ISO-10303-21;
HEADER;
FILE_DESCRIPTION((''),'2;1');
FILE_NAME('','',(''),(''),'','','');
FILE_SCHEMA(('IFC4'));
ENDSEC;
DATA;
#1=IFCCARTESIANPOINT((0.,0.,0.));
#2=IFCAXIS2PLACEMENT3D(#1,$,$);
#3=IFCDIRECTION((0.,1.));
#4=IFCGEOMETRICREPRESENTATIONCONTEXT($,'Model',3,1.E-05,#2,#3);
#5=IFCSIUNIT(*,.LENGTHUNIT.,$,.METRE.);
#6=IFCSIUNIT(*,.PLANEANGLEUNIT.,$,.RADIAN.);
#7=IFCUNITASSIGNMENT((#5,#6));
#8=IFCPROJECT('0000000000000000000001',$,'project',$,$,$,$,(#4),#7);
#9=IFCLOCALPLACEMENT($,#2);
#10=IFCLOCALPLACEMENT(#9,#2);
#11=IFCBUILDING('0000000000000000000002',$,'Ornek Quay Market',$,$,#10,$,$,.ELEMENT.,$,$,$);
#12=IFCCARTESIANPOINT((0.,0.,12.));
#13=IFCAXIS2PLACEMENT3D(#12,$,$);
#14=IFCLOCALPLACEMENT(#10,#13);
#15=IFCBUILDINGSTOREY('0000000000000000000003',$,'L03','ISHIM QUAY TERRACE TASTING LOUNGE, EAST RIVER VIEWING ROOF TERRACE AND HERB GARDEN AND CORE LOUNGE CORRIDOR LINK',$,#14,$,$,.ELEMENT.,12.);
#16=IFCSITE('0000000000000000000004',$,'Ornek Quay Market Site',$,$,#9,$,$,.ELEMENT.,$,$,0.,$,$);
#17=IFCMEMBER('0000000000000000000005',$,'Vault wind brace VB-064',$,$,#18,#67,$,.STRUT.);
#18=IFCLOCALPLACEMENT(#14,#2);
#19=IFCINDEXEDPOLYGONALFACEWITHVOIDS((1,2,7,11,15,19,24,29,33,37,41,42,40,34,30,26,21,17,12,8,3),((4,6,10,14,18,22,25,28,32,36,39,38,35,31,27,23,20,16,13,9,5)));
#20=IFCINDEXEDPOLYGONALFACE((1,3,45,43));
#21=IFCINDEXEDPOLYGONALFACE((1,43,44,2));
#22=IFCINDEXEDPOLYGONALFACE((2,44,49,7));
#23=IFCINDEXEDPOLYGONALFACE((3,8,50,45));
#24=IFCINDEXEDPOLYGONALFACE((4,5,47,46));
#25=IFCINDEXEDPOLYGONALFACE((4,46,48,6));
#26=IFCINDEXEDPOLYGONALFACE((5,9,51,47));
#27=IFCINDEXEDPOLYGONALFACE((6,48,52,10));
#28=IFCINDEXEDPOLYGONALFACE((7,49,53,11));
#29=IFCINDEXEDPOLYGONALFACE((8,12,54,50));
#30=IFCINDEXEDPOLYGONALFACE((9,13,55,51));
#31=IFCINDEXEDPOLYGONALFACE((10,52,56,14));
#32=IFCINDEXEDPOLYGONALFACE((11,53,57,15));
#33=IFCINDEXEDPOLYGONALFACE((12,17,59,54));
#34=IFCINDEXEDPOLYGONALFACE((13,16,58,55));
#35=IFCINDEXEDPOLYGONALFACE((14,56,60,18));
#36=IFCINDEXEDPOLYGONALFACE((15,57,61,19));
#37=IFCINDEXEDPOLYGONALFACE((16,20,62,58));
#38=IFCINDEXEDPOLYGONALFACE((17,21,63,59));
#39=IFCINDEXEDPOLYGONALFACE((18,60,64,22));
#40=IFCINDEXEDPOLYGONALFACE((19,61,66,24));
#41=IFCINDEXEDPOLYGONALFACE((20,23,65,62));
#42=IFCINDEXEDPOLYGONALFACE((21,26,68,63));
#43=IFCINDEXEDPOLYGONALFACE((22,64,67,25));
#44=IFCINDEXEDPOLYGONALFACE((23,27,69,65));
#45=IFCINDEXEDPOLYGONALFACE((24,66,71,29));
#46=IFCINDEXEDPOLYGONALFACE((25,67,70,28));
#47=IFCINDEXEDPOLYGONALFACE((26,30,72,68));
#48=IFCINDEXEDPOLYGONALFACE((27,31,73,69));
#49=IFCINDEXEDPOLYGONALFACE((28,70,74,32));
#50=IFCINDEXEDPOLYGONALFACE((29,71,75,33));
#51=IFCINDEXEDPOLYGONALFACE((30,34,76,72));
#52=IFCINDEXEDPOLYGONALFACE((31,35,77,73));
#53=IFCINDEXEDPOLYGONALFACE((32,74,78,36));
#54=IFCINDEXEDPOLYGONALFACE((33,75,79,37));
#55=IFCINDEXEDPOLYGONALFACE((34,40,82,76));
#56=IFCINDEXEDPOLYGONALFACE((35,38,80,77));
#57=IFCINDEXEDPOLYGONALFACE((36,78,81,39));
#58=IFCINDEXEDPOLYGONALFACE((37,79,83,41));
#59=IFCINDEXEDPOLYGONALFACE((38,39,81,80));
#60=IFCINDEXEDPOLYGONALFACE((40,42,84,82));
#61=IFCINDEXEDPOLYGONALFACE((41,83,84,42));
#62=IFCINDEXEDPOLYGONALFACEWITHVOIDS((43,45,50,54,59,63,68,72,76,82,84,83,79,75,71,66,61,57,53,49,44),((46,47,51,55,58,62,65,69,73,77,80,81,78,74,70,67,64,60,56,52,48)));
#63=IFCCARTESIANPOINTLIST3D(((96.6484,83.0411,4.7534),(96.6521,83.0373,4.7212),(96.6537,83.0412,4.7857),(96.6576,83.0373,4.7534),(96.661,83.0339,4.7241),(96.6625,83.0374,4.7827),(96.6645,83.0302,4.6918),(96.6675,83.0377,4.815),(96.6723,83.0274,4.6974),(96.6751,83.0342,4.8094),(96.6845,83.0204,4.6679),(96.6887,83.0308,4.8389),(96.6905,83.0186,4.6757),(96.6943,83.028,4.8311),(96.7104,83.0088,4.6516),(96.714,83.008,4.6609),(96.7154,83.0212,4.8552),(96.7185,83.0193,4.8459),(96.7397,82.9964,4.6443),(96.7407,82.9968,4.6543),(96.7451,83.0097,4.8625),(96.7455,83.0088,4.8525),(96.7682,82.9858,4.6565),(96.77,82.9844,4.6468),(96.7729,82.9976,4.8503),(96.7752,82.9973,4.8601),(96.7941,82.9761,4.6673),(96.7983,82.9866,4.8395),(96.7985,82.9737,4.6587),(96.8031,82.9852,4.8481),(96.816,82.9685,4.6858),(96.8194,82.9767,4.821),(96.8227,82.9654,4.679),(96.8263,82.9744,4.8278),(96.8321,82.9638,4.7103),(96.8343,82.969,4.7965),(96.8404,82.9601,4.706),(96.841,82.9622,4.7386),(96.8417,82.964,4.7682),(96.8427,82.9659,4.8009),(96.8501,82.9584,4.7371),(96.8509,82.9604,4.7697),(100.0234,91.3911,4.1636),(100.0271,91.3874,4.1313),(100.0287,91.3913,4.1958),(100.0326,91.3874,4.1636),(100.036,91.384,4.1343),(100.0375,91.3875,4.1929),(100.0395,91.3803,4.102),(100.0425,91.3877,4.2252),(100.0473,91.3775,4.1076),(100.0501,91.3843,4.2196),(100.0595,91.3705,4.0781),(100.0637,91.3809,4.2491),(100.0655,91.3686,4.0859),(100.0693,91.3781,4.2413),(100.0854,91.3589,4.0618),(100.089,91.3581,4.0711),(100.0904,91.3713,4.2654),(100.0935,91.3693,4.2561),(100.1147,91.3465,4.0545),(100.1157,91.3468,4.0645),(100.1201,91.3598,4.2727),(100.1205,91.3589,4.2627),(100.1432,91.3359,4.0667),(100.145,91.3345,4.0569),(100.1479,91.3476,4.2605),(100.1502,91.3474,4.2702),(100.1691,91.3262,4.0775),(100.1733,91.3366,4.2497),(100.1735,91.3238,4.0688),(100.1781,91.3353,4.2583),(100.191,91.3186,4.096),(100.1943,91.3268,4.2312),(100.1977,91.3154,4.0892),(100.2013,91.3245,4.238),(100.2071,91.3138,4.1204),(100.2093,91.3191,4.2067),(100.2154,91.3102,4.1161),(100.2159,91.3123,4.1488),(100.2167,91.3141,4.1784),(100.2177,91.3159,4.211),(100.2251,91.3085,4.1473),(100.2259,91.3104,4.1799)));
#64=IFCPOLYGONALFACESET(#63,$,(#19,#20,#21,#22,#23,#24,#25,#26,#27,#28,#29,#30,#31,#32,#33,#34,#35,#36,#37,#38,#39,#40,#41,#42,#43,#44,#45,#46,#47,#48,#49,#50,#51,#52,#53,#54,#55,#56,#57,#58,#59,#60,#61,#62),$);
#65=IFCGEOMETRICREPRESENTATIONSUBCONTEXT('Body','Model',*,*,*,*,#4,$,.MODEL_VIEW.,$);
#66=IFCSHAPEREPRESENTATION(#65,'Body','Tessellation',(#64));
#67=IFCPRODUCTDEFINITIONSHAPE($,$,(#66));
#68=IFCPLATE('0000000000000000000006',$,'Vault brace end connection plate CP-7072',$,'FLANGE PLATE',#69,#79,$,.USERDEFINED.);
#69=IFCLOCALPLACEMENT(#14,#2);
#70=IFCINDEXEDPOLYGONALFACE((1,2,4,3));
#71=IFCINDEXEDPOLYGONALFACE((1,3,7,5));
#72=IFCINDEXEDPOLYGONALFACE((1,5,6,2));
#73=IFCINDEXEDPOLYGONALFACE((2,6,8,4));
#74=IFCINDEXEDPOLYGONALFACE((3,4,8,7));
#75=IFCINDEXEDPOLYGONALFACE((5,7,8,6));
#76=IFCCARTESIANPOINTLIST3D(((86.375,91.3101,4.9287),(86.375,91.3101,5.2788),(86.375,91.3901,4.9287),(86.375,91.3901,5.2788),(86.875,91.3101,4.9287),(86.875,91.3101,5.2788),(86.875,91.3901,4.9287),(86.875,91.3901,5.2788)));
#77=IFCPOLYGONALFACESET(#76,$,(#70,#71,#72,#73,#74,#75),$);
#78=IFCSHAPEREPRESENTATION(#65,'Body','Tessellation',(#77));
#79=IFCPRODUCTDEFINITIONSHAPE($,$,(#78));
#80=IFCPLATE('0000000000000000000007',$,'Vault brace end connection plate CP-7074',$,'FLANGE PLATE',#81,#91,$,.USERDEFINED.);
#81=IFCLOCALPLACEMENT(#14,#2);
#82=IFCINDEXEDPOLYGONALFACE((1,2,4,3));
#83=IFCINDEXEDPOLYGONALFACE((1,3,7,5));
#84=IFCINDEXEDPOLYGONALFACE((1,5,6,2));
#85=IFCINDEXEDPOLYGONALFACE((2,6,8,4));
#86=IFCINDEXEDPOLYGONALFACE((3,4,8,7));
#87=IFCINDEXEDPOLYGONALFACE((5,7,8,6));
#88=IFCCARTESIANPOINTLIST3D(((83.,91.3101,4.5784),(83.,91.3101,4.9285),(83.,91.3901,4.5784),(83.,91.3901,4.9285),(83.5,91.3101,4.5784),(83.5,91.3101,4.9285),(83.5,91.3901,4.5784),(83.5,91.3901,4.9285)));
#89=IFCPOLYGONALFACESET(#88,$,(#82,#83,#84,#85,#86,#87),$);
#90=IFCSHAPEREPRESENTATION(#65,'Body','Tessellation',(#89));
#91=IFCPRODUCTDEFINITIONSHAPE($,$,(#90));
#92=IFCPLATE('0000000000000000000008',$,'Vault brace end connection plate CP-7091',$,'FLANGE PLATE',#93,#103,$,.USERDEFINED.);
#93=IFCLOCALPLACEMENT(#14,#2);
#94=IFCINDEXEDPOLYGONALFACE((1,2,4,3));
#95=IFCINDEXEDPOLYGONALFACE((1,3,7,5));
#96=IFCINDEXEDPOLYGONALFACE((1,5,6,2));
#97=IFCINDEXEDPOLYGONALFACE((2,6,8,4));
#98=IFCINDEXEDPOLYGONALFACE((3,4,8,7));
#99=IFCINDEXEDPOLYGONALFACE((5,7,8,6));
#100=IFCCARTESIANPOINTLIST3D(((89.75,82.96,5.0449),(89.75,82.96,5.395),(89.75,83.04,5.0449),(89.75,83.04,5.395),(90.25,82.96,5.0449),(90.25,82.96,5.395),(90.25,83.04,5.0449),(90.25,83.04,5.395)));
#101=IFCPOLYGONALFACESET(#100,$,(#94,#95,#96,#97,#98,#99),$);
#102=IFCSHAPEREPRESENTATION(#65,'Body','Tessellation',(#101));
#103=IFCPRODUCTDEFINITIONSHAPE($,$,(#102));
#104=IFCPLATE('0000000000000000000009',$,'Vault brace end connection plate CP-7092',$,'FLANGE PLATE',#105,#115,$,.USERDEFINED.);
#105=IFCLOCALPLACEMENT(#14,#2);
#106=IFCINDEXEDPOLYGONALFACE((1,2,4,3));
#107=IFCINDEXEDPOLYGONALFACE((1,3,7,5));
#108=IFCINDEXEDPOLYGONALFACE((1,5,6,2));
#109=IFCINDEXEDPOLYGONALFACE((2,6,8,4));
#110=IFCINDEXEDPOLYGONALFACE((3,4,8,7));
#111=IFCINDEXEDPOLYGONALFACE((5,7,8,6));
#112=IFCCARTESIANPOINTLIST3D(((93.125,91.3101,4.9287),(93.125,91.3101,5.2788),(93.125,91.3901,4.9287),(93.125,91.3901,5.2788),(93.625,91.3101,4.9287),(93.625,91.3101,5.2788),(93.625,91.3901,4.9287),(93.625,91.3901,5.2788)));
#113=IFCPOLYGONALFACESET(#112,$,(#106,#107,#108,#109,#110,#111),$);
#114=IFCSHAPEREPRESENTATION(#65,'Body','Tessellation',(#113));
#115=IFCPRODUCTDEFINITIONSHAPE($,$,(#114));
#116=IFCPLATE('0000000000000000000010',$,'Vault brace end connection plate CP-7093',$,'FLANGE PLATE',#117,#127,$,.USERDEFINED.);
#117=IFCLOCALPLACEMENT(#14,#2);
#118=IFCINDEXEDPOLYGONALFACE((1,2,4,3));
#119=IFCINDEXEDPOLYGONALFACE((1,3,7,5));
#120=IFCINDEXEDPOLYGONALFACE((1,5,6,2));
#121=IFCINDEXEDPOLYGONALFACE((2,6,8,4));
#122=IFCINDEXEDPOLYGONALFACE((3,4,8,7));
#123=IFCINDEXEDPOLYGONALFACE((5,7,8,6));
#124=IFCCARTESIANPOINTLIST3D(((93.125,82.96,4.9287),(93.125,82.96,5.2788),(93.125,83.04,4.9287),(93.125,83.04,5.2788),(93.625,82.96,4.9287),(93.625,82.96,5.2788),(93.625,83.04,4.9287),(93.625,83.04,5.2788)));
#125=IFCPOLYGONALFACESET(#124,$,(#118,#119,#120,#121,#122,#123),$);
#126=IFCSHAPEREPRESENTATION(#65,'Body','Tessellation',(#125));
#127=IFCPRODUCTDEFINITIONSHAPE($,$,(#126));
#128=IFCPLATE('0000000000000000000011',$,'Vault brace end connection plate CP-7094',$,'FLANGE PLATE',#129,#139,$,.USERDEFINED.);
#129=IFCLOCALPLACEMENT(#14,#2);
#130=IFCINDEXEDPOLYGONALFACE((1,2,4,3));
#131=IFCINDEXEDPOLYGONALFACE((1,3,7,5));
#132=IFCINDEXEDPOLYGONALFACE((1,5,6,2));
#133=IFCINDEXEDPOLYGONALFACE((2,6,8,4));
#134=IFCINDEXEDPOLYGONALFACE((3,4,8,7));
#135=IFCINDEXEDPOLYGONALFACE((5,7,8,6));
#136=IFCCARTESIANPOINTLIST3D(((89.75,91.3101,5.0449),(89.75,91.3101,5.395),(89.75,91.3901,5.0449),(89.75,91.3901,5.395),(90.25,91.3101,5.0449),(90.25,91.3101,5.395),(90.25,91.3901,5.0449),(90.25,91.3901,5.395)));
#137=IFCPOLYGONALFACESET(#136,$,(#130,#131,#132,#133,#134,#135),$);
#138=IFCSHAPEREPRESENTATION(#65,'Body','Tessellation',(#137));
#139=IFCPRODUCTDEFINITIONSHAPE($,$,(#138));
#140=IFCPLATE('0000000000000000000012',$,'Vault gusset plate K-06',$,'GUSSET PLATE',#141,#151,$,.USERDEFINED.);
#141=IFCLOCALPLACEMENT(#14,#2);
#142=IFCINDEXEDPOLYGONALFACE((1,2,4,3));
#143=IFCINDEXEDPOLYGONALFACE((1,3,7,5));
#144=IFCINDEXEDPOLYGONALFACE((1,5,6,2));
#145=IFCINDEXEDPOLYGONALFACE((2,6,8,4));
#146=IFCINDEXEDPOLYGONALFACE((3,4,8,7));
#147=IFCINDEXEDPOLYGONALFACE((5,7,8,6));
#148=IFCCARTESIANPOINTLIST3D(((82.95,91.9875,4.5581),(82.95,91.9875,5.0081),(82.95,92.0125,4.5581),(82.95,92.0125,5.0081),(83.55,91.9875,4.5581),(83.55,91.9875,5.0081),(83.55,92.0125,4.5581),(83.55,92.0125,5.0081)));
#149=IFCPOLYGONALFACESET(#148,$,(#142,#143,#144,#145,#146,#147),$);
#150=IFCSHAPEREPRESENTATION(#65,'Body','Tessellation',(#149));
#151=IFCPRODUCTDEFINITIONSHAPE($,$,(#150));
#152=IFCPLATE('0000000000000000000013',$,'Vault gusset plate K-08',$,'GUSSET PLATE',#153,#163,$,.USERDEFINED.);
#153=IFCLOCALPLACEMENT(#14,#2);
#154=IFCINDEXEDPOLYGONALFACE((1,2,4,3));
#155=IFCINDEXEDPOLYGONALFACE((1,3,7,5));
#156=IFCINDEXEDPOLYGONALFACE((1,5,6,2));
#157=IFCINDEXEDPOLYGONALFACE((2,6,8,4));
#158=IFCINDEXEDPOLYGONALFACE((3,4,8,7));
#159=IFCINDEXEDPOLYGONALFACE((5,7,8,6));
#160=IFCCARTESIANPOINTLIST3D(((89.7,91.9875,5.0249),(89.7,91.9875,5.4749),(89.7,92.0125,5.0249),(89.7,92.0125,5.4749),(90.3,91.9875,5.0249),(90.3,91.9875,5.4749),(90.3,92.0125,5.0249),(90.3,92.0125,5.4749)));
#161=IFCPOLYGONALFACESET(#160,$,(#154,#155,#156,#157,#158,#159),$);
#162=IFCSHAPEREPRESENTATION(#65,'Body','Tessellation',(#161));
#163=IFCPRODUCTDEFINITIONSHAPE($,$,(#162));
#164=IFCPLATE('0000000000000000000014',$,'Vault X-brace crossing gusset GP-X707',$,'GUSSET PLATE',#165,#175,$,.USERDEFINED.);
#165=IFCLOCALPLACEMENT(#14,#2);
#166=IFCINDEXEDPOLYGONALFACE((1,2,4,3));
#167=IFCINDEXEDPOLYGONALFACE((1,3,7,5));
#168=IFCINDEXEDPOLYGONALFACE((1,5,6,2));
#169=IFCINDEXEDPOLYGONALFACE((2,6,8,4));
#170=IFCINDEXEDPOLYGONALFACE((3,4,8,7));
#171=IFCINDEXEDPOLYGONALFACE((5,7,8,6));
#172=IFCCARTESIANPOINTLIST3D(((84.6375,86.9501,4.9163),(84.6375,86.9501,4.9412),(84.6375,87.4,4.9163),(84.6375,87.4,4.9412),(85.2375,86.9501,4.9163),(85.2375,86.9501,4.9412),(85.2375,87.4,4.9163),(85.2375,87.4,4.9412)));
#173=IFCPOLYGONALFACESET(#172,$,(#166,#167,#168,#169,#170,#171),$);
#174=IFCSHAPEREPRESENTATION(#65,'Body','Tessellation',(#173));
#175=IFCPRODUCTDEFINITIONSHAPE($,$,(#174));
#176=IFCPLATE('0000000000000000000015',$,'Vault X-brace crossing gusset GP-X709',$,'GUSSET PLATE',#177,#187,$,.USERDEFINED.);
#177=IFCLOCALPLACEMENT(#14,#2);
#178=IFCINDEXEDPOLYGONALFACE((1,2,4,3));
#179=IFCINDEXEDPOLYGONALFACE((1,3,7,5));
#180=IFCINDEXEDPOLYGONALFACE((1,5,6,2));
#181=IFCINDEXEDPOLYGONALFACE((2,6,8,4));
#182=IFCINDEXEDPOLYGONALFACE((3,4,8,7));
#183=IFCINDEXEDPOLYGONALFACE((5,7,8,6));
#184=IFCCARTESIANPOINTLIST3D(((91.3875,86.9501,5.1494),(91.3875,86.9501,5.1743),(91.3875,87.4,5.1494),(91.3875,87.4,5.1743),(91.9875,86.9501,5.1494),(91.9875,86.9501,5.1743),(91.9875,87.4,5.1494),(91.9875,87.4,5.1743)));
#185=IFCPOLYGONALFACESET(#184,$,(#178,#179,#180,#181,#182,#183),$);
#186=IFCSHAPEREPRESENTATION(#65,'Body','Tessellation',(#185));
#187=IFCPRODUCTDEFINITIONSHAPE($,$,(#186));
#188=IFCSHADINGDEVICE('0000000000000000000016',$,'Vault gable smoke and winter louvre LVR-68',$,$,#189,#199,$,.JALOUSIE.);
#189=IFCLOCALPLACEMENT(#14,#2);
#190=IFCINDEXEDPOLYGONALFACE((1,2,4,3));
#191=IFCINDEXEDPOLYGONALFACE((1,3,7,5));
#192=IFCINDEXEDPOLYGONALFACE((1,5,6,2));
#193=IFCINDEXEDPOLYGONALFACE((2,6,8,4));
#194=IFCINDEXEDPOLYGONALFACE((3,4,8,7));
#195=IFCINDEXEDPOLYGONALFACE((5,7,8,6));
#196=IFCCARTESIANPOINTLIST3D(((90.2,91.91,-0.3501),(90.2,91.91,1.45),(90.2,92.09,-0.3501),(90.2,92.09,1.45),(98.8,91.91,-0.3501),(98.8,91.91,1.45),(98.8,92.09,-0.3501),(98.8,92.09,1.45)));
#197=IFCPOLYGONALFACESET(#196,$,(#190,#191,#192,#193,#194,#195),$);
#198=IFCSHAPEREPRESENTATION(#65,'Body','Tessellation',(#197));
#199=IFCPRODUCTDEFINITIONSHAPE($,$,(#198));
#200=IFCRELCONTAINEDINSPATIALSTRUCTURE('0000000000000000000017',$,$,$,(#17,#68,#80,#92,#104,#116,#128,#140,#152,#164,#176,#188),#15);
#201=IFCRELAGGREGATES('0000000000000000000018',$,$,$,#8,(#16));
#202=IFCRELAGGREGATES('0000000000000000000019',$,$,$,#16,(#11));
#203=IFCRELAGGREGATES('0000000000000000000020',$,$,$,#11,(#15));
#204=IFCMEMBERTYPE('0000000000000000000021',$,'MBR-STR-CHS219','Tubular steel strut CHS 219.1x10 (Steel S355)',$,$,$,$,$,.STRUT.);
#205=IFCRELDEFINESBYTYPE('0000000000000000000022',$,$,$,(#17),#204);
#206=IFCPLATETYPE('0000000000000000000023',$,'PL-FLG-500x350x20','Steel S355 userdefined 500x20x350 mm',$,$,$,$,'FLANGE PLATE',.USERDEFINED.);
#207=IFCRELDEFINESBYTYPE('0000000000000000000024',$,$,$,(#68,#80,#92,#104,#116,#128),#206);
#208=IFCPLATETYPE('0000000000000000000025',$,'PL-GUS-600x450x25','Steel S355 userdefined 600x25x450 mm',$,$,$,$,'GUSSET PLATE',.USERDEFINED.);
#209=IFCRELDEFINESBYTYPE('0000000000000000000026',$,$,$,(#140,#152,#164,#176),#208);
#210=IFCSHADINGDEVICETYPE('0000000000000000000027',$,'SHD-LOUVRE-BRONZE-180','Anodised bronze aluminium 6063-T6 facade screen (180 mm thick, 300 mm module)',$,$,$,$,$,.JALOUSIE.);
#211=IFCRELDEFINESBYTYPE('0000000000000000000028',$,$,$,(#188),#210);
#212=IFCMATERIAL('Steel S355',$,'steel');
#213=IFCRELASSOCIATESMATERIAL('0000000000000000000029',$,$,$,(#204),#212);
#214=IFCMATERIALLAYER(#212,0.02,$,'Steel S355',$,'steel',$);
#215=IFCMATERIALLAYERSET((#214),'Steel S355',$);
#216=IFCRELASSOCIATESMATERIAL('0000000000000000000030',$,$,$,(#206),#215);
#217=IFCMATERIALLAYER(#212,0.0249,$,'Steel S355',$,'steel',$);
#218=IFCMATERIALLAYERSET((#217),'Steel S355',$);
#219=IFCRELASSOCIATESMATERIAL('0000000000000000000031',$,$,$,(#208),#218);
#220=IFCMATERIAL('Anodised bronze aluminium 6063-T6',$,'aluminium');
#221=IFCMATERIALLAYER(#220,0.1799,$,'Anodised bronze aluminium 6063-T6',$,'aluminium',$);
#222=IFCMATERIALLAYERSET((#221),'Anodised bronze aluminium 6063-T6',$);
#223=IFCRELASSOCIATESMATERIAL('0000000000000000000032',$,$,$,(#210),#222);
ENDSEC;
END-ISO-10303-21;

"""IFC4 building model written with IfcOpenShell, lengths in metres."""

from ifc_helpers import new_model, si_unit, direction, frame, frame_2d, origin, origin_2d, place, context, subcontext, project, spatial, rectangle, hollow_circle, extrude, material, layer, layer_set, material_profile, profile_set, type_object, element, save


model = new_model("IFC4")

# Units and contexts
model_context = context("Model", 3, precision=1e-05, world=origin(), true_north=direction((0.0, 1.0)))
body_context = subcontext(model_context, "Body", "Model", "MODEL_VIEW")
ifc_project = project(units=[si_unit("LENGTHUNIT", "METRE"), si_unit("PLANEANGLEUNIT", "RADIAN")], contexts=[model_context])

# Site, building, storey
site_placement = place(None, origin())
site = spatial("IfcSite", under=ifc_project, at=site_placement, Name="Ornek Quay Market Site", CompositionType="ELEMENT", RefElevation=0.0)
building_placement = place(site_placement, origin())
building = spatial("IfcBuilding", under=site, at=building_placement, Name="Ornek Quay Market", CompositionType="ELEMENT")
storey_placement = place(building_placement, frame((0.0, 0.0, 12.0)))
storey = spatial("IfcBuildingStorey", under=building, at=storey_placement, Name="L03", Description="ISHIM QUAY TERRACE TASTING LOUNGE, EAST RIVER VIEWING ROOF TERRACE AND HERB GARDEN AND CORE LOUNGE CORRIDOR LINK", CompositionType="ELEMENT", Elevation=12.0)

# Shared definitions
ifc_material_1 = material(Name="Steel S355", Category="steel")

# Member
ifc_material_profile_1 = material_profile(ifc_material_1, hollow_circle(Radius=0.1096, WallThickness=0.01, at=origin_2d()), Name="CHS 219.1x10", Category="steel")
ifc_profile_set_1 = profile_set([ifc_material_profile_1], Name="Steel S355")
member_type_1 = type_object("IfcMemberType", Name="MBR-STR-CHS219", Description="Tubular steel strut CHS 219.1x10 (Steel S355)", PredefinedType="STRUT", material=ifc_profile_set_1)
member_1_placement = place(storey_placement, frame((96.75, 83.0, 4.7534), z_axis=(0.373934, 0.92515, -0.065352), x_axis=(-0.927132, 0.374735, 0.0)))
element("IfcMember", 1, at=member_1_placement, inside=storey, type_object=member_type_1, Name="Vault wind brace VB-064", PredefinedType="STRUT", context=body_context, shape_type="SweptSolid", body=[
    extrude(hollow_circle(Radius=0.1096, WallThickness=0.01, at=origin_2d()), origin(), (0.0, 0.0, 1.0), 9.0256),
])

# Plates
ifc_layer_1 = layer(ifc_material_1, 0.02, Name="Steel S355", Category="steel")
ifc_layer_set_1 = layer_set([ifc_layer_1], Name="Steel S355")
plate_type_1 = type_object("IfcPlateType", Name="PL-FLG-500x350x20", Description="Steel S355 userdefined 500x20x350 mm", ElementType="FLANGE PLATE", PredefinedType="USERDEFINED", material=ifc_layer_set_1)
for number, where, z_axis, x_axis, name in (
    (2, (86.625, 91.3501, 4.9287), (0.0, 0.0, 1.0), (1.0, 0.0, 0.0), "Vault brace end connection plate CP-7072"),
    (3, (83.25, 91.3501, 4.5784), (0.0, 0.0, 1.0), (1.0, 0.0, 0.0), "Vault brace end connection plate CP-7074"),
    (4, (90.0, 83.0, 5.0449), (0.0, 0.0, 1.0), (1.0, 0.0, 0.0), "Vault brace end connection plate CP-7091"),
    (5, (93.375, 91.3501, 4.9287), (0.0, 0.0, 1.0), (1.0, 0.0, 0.0), "Vault brace end connection plate CP-7092"),
    (6, (93.375, 83.0, 4.9287), (0.0, 0.0, 1.0), (1.0, 0.0, 0.0), "Vault brace end connection plate CP-7093"),
    (7, (90.0, 91.3501, 5.0449), (0.0, 0.0, 1.0), (1.0, 0.0, 0.0), "Vault brace end connection plate CP-7094"),
):
    element("IfcPlate", number, at=place(storey_placement, frame(where, z_axis=z_axis, x_axis=x_axis)), inside=storey, type_object=plate_type_1, Name=name, ObjectType="FLANGE PLATE", PredefinedType="USERDEFINED", context=body_context, shape_type="SweptSolid", body=[
        extrude(rectangle(XDim=0.5, YDim=0.0801, at=origin_2d()), origin(), (0.0, 0.0, 1.0), 0.3501),
    ])
ifc_layer_2 = layer(ifc_material_1, 0.0249, Name="Steel S355", Category="steel")
ifc_layer_set_2 = layer_set([ifc_layer_2], Name="Steel S355")
plate_type_2 = type_object("IfcPlateType", Name="PL-GUS-600x450x25", Description="Steel S355 userdefined 600x25x450 mm", ElementType="GUSSET PLATE", PredefinedType="USERDEFINED", material=ifc_layer_set_2)
for number, where, z_axis, x_axis, name in (
    (8, (83.25, 92.0, 4.5581), (0.0, 0.0, 1.0), (1.0, 0.0, 0.0), "Vault gusset plate K-06"),
    (9, (90.0, 92.0, 5.0249), (0.0, 0.0, 1.0), (1.0, 0.0, 0.0), "Vault gusset plate K-08"),
):
    element("IfcPlate", number, at=place(storey_placement, frame(where, z_axis=z_axis, x_axis=x_axis)), inside=storey, type_object=plate_type_2, Name=name, ObjectType="GUSSET PLATE", PredefinedType="USERDEFINED", context=body_context, shape_type="SweptSolid", body=[
        extrude(rectangle(XDim=0.6001, YDim=0.0249, at=origin_2d()), origin(), (0.0, 0.0, 1.0), 0.45),
    ])
for number, where, z_axis, x_axis, name in (
    (10, (84.9375, 87.175, 4.9163), (0.0, 0.0, 1.0), (1.0, 0.0, 0.0), "Vault X-brace crossing gusset GP-X707"),
    (11, (91.6875, 87.175, 5.1494), (0.0, 0.0, 1.0), (1.0, 0.0, 0.0), "Vault X-brace crossing gusset GP-X709"),
):
    element("IfcPlate", number, at=place(storey_placement, frame(where, z_axis=z_axis, x_axis=x_axis)), inside=storey, type_object=plate_type_2, Name=name, ObjectType="GUSSET PLATE", PredefinedType="USERDEFINED", context=body_context, shape_type="SweptSolid", body=[
        extrude(rectangle(XDim=0.6001, YDim=0.45, at=origin_2d()), origin(), (0.0, 0.0, 1.0), 0.0249),
    ])

# Shading device
ifc_material_2 = material(Name="Anodised bronze aluminium 6063-T6", Category="aluminium")
ifc_layer_3 = layer(ifc_material_2, 0.1799, Name="Anodised bronze aluminium 6063-T6", Category="aluminium")
ifc_layer_set_3 = layer_set([ifc_layer_3], Name="Anodised bronze aluminium 6063-T6")
shading_device_type = type_object("IfcShadingDeviceType", Name="SHD-LOUVRE-BRONZE-180", Description="Anodised bronze aluminium 6063-T6 facade screen (180 mm thick, 300 mm module)", PredefinedType="JALOUSIE", material=ifc_layer_set_3)
shading_device_placement = place(storey_placement, frame((90.2, 92.0, -0.3501), z_axis=(0.0, 0.0, 1.0), x_axis=(1.0, 0.0, 0.0)))
element("IfcShadingDevice", 12, at=shading_device_placement, inside=storey, type_object=shading_device_type, Name="Vault gable smoke and winter louvre LVR-68", PredefinedType="JALOUSIE", context=body_context, shape_type="SweptSolid", body=[
    extrude(rectangle(XDim=8.6001, YDim=0.1799, at=frame_2d((4.3, 0.0))), origin(), (0.0, 0.0, 1.0), 1.8),
])

save(model, "model.ifc")
